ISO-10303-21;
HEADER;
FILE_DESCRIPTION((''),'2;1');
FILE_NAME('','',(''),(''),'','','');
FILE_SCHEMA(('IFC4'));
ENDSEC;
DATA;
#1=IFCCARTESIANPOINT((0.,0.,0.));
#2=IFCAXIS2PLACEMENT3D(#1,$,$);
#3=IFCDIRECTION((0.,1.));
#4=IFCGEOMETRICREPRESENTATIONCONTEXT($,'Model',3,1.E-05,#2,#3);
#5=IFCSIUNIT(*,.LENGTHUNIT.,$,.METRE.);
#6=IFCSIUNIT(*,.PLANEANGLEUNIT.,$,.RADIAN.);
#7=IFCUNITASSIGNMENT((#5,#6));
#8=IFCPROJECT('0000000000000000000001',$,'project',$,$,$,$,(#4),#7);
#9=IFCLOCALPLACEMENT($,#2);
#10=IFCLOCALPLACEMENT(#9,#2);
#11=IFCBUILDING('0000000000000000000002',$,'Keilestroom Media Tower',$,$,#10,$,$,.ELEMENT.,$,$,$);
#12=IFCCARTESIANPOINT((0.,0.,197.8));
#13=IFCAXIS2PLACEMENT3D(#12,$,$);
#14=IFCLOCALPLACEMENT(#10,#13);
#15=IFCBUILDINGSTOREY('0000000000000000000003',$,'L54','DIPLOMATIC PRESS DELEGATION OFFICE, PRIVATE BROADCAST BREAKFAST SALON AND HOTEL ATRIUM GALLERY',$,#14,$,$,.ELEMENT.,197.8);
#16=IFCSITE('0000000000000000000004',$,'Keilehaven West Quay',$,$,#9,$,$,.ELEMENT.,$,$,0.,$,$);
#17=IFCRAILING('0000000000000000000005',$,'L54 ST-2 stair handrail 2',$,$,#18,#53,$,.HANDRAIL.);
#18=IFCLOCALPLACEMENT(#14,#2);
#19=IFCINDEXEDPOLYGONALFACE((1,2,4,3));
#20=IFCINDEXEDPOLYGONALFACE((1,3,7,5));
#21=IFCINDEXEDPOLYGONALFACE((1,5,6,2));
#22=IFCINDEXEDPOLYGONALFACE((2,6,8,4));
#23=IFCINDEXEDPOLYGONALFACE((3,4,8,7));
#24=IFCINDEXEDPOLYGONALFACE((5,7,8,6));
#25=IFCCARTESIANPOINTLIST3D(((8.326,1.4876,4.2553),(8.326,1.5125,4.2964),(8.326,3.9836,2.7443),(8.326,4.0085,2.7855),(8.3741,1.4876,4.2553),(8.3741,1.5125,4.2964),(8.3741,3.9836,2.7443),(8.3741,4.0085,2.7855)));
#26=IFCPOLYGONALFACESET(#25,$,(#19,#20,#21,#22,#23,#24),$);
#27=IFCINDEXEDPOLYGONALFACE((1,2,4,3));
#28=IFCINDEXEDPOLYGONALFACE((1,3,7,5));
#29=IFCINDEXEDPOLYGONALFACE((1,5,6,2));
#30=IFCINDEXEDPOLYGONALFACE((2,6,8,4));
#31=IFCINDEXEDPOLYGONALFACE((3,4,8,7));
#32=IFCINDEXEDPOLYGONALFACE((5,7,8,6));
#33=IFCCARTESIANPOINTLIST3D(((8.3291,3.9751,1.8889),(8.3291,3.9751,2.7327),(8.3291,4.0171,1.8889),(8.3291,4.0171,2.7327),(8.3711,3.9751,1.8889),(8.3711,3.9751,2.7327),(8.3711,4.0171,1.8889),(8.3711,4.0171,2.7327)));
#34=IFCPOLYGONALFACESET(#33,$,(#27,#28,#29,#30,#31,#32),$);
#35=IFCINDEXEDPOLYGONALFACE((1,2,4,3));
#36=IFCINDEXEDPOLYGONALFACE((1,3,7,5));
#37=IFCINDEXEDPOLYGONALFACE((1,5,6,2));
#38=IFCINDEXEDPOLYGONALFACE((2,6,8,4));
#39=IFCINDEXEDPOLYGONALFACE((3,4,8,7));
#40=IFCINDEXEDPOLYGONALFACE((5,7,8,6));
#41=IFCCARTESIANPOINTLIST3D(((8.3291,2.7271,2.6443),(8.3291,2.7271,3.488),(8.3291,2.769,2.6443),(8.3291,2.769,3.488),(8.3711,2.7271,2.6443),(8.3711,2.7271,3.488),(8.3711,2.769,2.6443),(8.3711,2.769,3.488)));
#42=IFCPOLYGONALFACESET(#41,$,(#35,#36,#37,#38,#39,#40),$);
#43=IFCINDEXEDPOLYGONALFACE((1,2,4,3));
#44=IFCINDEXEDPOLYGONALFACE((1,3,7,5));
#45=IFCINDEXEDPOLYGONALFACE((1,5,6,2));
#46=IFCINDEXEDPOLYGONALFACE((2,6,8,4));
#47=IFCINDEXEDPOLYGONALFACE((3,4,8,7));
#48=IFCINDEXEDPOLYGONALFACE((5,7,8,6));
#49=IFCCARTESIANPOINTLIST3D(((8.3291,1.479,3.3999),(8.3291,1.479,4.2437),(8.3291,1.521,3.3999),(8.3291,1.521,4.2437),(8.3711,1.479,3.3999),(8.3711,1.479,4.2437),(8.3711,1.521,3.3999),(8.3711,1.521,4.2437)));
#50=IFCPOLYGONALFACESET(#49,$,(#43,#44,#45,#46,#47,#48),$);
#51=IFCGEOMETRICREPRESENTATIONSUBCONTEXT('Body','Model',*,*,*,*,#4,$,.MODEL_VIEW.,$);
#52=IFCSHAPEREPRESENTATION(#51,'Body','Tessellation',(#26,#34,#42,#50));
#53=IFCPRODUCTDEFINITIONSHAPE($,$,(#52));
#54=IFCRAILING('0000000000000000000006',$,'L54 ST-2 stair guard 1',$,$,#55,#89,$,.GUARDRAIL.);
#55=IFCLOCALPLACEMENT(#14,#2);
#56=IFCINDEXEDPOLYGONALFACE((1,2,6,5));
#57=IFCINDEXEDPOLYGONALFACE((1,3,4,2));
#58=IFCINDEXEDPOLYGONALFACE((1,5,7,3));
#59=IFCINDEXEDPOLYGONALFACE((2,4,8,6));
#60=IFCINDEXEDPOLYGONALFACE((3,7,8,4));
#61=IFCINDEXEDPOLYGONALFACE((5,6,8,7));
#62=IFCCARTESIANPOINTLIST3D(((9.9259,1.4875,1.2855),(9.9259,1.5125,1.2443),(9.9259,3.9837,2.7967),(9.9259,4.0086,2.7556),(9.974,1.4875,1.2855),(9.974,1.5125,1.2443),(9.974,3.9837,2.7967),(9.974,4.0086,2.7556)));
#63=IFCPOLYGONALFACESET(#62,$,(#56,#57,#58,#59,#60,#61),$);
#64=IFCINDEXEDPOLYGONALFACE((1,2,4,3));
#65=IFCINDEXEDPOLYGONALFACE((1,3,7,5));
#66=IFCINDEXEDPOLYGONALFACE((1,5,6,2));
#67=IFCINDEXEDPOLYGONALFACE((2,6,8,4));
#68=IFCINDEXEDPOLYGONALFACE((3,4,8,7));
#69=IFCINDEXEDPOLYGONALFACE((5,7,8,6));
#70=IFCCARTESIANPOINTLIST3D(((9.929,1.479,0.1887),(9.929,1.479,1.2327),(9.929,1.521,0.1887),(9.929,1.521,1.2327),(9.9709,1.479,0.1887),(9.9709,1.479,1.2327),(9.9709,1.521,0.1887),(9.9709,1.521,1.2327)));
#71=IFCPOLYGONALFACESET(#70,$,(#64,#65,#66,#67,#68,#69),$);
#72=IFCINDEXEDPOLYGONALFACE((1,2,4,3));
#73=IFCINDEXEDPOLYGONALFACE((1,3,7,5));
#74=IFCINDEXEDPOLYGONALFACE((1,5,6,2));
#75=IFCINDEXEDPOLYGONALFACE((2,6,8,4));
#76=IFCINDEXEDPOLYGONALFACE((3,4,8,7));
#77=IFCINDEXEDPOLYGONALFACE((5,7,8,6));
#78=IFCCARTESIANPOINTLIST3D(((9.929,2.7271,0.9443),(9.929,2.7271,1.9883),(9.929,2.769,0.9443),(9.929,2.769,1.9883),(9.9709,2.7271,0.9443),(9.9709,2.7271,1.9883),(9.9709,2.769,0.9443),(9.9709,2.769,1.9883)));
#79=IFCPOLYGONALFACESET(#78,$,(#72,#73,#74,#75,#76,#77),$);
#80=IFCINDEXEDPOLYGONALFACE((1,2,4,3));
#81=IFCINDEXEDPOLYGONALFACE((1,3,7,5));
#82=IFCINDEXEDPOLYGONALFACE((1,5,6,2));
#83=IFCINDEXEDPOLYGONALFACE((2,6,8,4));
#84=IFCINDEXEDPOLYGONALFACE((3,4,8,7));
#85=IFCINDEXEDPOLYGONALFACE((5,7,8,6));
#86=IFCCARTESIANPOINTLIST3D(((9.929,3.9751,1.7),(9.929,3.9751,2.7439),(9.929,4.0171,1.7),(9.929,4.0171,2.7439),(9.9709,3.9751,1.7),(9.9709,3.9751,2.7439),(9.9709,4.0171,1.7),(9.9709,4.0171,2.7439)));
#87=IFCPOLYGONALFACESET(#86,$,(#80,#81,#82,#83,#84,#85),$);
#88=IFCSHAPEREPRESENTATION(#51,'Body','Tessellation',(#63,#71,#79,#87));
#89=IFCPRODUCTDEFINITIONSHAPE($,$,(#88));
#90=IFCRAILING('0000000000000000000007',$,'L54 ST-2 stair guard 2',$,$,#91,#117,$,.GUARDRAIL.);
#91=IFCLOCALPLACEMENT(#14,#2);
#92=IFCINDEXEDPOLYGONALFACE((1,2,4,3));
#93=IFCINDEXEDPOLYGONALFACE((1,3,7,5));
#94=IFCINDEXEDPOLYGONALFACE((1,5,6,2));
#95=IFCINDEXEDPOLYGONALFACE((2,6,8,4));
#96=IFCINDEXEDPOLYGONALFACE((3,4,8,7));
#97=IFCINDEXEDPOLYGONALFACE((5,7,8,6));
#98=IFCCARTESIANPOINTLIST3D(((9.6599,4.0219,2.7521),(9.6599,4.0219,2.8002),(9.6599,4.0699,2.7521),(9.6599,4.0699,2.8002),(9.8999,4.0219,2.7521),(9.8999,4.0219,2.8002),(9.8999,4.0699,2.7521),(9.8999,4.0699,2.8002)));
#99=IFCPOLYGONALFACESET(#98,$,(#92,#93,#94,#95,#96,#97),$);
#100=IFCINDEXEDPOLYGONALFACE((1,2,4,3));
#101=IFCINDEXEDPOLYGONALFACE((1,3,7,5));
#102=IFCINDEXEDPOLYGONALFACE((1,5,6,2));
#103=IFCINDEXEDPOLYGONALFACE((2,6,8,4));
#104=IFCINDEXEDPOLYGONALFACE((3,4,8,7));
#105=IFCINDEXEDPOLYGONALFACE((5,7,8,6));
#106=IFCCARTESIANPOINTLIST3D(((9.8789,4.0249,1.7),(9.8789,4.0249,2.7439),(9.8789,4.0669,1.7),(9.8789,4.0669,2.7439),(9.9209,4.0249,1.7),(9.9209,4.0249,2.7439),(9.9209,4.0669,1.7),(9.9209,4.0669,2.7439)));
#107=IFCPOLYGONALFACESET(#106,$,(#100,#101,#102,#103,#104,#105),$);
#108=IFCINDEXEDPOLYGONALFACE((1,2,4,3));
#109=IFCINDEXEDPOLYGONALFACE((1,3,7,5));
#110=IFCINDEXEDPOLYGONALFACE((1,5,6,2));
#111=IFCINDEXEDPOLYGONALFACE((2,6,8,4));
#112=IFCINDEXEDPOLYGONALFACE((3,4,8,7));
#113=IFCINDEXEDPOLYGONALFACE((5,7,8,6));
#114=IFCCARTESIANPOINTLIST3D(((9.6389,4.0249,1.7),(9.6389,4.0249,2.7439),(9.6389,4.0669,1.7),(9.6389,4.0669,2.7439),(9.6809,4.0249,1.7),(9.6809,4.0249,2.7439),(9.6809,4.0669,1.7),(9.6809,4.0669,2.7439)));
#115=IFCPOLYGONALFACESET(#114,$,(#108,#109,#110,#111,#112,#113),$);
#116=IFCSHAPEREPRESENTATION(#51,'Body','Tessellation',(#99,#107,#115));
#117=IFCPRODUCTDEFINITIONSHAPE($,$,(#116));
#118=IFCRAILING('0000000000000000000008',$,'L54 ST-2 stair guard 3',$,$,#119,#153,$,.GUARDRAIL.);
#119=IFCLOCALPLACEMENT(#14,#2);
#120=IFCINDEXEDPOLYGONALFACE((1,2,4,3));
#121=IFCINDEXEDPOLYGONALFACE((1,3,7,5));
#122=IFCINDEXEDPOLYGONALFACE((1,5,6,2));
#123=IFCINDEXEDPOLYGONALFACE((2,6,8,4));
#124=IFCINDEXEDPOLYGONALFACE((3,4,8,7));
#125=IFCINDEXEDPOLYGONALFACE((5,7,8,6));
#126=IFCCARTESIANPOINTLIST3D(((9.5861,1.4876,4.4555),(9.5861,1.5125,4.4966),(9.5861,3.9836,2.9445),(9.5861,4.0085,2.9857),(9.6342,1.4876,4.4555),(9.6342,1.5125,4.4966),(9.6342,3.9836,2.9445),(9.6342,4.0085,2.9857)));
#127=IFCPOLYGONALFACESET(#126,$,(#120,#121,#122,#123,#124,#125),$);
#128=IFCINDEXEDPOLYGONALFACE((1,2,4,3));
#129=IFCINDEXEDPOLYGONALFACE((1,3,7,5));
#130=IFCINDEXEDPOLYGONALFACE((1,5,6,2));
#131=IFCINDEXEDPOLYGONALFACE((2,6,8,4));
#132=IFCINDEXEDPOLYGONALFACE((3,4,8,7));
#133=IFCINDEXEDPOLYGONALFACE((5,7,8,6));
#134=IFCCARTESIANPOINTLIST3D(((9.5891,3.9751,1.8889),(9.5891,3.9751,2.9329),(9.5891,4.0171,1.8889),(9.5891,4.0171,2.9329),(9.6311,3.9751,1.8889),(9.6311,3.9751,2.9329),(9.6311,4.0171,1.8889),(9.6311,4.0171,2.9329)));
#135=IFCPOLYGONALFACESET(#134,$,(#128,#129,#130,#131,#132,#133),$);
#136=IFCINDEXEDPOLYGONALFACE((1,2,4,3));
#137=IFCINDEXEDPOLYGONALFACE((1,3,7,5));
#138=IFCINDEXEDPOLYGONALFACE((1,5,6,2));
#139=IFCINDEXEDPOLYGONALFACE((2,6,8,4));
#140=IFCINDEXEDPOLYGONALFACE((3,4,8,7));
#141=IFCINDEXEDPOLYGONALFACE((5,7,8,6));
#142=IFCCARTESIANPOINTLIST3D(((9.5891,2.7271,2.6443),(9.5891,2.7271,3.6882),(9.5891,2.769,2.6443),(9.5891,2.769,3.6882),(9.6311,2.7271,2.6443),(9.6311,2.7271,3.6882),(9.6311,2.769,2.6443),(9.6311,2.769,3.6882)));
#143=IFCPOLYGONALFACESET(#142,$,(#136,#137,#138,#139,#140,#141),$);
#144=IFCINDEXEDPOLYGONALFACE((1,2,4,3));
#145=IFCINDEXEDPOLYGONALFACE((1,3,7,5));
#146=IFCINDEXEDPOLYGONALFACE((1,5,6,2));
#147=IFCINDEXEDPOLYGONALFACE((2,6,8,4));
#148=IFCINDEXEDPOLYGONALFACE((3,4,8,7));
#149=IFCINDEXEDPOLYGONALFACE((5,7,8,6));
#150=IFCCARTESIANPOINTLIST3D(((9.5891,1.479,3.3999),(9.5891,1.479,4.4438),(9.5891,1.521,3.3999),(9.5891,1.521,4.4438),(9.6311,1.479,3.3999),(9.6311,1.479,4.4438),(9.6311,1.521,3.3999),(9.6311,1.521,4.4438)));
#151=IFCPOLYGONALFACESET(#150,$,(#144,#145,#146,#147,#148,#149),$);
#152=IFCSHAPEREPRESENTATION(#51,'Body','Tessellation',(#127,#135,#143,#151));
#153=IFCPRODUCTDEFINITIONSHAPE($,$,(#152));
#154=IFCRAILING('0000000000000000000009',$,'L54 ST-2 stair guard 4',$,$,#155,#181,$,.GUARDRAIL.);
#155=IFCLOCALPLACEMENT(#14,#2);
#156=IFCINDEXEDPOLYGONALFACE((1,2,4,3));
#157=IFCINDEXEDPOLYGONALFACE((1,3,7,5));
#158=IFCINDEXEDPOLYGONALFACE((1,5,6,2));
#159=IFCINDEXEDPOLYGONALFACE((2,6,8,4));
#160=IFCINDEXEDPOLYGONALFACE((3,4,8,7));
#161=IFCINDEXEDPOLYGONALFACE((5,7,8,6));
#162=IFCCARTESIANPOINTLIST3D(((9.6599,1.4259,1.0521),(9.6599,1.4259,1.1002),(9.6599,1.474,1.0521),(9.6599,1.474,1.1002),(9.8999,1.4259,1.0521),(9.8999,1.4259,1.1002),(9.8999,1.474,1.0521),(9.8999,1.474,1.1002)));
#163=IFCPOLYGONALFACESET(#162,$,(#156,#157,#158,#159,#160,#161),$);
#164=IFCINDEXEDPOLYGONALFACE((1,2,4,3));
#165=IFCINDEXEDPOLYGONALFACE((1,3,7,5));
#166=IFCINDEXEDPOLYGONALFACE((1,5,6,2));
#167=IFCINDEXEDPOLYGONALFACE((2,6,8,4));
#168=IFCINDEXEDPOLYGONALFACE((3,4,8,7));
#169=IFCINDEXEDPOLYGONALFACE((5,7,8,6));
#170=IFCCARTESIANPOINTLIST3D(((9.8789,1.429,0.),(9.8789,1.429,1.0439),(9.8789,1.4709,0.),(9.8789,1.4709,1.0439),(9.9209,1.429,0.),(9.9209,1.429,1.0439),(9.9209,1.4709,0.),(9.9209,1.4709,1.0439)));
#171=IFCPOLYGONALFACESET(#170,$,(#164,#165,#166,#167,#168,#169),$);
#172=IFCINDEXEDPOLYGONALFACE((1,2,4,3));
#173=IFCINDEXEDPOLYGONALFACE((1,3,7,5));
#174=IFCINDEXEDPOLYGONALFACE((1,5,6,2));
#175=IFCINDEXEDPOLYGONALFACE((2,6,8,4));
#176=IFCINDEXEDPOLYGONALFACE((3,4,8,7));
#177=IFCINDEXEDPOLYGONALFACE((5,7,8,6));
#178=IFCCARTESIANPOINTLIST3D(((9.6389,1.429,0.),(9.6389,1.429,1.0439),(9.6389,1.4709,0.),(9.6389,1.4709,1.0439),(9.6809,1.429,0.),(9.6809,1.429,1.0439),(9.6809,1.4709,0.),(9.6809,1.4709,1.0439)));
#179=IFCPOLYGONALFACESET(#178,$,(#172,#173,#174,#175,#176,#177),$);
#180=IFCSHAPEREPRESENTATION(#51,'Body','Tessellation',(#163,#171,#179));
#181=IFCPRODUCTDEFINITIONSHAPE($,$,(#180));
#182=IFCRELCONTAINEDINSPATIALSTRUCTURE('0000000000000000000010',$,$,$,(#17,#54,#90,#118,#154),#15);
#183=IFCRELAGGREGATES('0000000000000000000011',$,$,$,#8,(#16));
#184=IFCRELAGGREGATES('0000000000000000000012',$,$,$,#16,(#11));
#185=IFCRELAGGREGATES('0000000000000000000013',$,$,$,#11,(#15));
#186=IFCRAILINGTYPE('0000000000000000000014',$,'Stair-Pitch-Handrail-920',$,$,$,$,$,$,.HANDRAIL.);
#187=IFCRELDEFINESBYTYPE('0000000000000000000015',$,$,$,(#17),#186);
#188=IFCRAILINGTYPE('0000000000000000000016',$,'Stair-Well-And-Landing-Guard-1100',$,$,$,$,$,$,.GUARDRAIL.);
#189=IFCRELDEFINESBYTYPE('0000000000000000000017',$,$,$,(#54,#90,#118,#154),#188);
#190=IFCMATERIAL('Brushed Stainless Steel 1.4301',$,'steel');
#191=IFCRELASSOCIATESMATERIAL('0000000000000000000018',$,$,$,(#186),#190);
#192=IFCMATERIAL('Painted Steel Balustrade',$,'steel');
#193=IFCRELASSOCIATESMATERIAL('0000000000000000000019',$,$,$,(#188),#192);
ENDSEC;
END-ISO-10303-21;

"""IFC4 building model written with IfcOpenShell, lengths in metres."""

from ifc_helpers import new_model, si_unit, direction, frame, origin, origin_2d, place, context, subcontext, project, spatial, rectangle, extrude, material, type_object, element, save


model = new_model("IFC4")

# Units and contexts
model_context = context("Model", 3, precision=1e-05, world=origin(), true_north=direction((0.0, 1.0)))
body_context = subcontext(model_context, "Body", "Model", "MODEL_VIEW")
ifc_project = project(units=[si_unit("LENGTHUNIT", "METRE"), si_unit("PLANEANGLEUNIT", "RADIAN")], contexts=[model_context])

# Site, building, storey
site_placement = place(None, origin())
site = spatial("IfcSite", under=ifc_project, at=site_placement, Name="Keilehaven West Quay", CompositionType="ELEMENT", RefElevation=0.0)
building_placement = place(site_placement, origin())
building = spatial("IfcBuilding", under=site, at=building_placement, Name="Keilestroom Media Tower", CompositionType="ELEMENT")
storey_placement = place(building_placement, frame((0.0, 0.0, 197.8)))
storey = spatial("IfcBuildingStorey", under=building, at=storey_placement, Name="L54", Description="DIPLOMATIC PRESS DELEGATION OFFICE, PRIVATE BROADCAST BREAKFAST SALON AND HOTEL ATRIUM GALLERY", CompositionType="ELEMENT", Elevation=197.8)

# Railings
ifc_material_1 = material(Name="Brushed Stainless Steel 1.4301", Category="steel")
railing_type_1 = type_object("IfcRailingType", Name="Stair-Pitch-Handrail-920", PredefinedType="HANDRAIL", material=ifc_material_1)
railing_1_placement = place(storey_placement, frame((8.3501, 3.9961, 1.8889)))
element("IfcRailing", 1, at=railing_1_placement, inside=storey, type_object=railing_type_1, Name="L54 ST-2 stair handrail 2", PredefinedType="HANDRAIL", context=body_context, shape_type="SweptSolid", body=[
    extrude(rectangle(XDim=0.0481, YDim=0.0481, at=origin_2d()), frame((0.0, 0.0, 0.876), z_axis=(0.0, -0.855471, 0.517851), x_axis=(1.0, 0.0, 0.0)), (0.0, 0.0, 1.0), 2.9177),
    extrude(rectangle(XDim=0.042, YDim=0.042, at=origin_2d()), origin(), (0.0, 0.0, 1.0), 0.8438),
    extrude(rectangle(XDim=0.042, YDim=0.042, at=origin_2d()), frame((0.0, -1.248, 0.7554)), (0.0, 0.0, 1.0), 0.8438),
    extrude(rectangle(XDim=0.042, YDim=0.042, at=origin_2d()), frame((0.0, -2.4961, 1.511)), (0.0, 0.0, 1.0), 0.8438),
])
ifc_material_2 = material(Name="Painted Steel Balustrade", Category="steel")
railing_type_2 = type_object("IfcRailingType", Name="Stair-Well-And-Landing-Guard-1100", PredefinedType="GUARDRAIL", material=ifc_material_2)
railing_2_placement = place(storey_placement, frame((9.95, 1.5, 0.1887)))
element("IfcRailing", 2, at=railing_2_placement, inside=storey, type_object=railing_type_2, Name="L54 ST-2 stair guard 1", PredefinedType="GUARDRAIL", context=body_context, shape_type="SweptSolid", body=[
    extrude(rectangle(XDim=0.0481, YDim=0.0481, at=origin_2d()), frame((0.0, 0.0, 1.0762), z_axis=(0.0, 0.855434, 0.517912), x_axis=(-1.0, 0.0, 0.0)), (0.0, 0.0, 1.0), 2.918),
    extrude(rectangle(XDim=0.042, YDim=0.042, at=origin_2d()), origin(), (0.0, 0.0, 1.0), 1.0439),
    extrude(rectangle(XDim=0.042, YDim=0.042, at=origin_2d()), frame((0.0, 1.248, 0.7556)), (0.0, 0.0, 1.0), 1.0439),
    extrude(rectangle(XDim=0.042, YDim=0.042, at=origin_2d()), frame((0.0, 2.4961, 1.5112)), (0.0, 0.0, 1.0), 1.0439),
])
railing_3_placement = place(storey_placement, frame((9.8999, 4.0459, 1.7)))
element("IfcRailing", 3, at=railing_3_placement, inside=storey, type_object=railing_type_2, Name="L54 ST-2 stair guard 2", PredefinedType="GUARDRAIL", context=body_context, shape_type="SweptSolid", body=[
    extrude(rectangle(XDim=0.0481, YDim=0.0481, at=origin_2d()), frame((0.0, 0.0, 1.0762), z_axis=(-1.0, 0.0, 0.0), x_axis=(0.0, -1.0, 0.0)), (0.0, 0.0, 1.0), 0.24),
    extrude(rectangle(XDim=0.042, YDim=0.042, at=origin_2d()), origin(), (0.0, 0.0, 1.0), 1.0439),
    extrude(rectangle(XDim=0.042, YDim=0.042, at=origin_2d()), frame((-0.24, 0.0, 0.0)), (0.0, 0.0, 1.0), 1.0439),
])
railing_4_placement = place(storey_placement, frame((9.6101, 3.9961, 1.8889)))
element("IfcRailing", 4, at=railing_4_placement, inside=storey, type_object=railing_type_2, Name="L54 ST-2 stair guard 3", PredefinedType="GUARDRAIL", context=body_context, shape_type="SweptSolid", body=[
    extrude(rectangle(XDim=0.0481, YDim=0.0481, at=origin_2d()), frame((0.0, 0.0, 1.0762), z_axis=(0.0, -0.855471, 0.517851), x_axis=(1.0, 0.0, 0.0)), (0.0, 0.0, 1.0), 2.9177),
    extrude(rectangle(XDim=0.042, YDim=0.042, at=origin_2d()), origin(), (0.0, 0.0, 1.0), 1.0439),
    extrude(rectangle(XDim=0.042, YDim=0.042, at=origin_2d()), frame((0.0, -1.248, 0.7554)), (0.0, 0.0, 1.0), 1.0439),
    extrude(rectangle(XDim=0.042, YDim=0.042, at=origin_2d()), frame((0.0, -2.4961, 1.511)), (0.0, 0.0, 1.0), 1.0439),
])
railing_5_placement = place(storey_placement, frame((9.8999, 1.45, 0.0)))
element("IfcRailing", 5, at=railing_5_placement, inside=storey, type_object=railing_type_2, Name="L54 ST-2 stair guard 4", PredefinedType="GUARDRAIL", context=body_context, shape_type="SweptSolid", body=[
    extrude(rectangle(XDim=0.0481, YDim=0.0481, at=origin_2d()), frame((0.0, 0.0, 1.0762), z_axis=(-1.0, 0.0, 0.0), x_axis=(0.0, -1.0, 0.0)), (0.0, 0.0, 1.0), 0.24),
    extrude(rectangle(XDim=0.042, YDim=0.042, at=origin_2d()), origin(), (0.0, 0.0, 1.0), 1.0439),
    extrude(rectangle(XDim=0.042, YDim=0.042, at=origin_2d()), frame((-0.24, 0.0, 0.0)), (0.0, 0.0, 1.0), 1.0439),
])

save(model, "model.ifc")
